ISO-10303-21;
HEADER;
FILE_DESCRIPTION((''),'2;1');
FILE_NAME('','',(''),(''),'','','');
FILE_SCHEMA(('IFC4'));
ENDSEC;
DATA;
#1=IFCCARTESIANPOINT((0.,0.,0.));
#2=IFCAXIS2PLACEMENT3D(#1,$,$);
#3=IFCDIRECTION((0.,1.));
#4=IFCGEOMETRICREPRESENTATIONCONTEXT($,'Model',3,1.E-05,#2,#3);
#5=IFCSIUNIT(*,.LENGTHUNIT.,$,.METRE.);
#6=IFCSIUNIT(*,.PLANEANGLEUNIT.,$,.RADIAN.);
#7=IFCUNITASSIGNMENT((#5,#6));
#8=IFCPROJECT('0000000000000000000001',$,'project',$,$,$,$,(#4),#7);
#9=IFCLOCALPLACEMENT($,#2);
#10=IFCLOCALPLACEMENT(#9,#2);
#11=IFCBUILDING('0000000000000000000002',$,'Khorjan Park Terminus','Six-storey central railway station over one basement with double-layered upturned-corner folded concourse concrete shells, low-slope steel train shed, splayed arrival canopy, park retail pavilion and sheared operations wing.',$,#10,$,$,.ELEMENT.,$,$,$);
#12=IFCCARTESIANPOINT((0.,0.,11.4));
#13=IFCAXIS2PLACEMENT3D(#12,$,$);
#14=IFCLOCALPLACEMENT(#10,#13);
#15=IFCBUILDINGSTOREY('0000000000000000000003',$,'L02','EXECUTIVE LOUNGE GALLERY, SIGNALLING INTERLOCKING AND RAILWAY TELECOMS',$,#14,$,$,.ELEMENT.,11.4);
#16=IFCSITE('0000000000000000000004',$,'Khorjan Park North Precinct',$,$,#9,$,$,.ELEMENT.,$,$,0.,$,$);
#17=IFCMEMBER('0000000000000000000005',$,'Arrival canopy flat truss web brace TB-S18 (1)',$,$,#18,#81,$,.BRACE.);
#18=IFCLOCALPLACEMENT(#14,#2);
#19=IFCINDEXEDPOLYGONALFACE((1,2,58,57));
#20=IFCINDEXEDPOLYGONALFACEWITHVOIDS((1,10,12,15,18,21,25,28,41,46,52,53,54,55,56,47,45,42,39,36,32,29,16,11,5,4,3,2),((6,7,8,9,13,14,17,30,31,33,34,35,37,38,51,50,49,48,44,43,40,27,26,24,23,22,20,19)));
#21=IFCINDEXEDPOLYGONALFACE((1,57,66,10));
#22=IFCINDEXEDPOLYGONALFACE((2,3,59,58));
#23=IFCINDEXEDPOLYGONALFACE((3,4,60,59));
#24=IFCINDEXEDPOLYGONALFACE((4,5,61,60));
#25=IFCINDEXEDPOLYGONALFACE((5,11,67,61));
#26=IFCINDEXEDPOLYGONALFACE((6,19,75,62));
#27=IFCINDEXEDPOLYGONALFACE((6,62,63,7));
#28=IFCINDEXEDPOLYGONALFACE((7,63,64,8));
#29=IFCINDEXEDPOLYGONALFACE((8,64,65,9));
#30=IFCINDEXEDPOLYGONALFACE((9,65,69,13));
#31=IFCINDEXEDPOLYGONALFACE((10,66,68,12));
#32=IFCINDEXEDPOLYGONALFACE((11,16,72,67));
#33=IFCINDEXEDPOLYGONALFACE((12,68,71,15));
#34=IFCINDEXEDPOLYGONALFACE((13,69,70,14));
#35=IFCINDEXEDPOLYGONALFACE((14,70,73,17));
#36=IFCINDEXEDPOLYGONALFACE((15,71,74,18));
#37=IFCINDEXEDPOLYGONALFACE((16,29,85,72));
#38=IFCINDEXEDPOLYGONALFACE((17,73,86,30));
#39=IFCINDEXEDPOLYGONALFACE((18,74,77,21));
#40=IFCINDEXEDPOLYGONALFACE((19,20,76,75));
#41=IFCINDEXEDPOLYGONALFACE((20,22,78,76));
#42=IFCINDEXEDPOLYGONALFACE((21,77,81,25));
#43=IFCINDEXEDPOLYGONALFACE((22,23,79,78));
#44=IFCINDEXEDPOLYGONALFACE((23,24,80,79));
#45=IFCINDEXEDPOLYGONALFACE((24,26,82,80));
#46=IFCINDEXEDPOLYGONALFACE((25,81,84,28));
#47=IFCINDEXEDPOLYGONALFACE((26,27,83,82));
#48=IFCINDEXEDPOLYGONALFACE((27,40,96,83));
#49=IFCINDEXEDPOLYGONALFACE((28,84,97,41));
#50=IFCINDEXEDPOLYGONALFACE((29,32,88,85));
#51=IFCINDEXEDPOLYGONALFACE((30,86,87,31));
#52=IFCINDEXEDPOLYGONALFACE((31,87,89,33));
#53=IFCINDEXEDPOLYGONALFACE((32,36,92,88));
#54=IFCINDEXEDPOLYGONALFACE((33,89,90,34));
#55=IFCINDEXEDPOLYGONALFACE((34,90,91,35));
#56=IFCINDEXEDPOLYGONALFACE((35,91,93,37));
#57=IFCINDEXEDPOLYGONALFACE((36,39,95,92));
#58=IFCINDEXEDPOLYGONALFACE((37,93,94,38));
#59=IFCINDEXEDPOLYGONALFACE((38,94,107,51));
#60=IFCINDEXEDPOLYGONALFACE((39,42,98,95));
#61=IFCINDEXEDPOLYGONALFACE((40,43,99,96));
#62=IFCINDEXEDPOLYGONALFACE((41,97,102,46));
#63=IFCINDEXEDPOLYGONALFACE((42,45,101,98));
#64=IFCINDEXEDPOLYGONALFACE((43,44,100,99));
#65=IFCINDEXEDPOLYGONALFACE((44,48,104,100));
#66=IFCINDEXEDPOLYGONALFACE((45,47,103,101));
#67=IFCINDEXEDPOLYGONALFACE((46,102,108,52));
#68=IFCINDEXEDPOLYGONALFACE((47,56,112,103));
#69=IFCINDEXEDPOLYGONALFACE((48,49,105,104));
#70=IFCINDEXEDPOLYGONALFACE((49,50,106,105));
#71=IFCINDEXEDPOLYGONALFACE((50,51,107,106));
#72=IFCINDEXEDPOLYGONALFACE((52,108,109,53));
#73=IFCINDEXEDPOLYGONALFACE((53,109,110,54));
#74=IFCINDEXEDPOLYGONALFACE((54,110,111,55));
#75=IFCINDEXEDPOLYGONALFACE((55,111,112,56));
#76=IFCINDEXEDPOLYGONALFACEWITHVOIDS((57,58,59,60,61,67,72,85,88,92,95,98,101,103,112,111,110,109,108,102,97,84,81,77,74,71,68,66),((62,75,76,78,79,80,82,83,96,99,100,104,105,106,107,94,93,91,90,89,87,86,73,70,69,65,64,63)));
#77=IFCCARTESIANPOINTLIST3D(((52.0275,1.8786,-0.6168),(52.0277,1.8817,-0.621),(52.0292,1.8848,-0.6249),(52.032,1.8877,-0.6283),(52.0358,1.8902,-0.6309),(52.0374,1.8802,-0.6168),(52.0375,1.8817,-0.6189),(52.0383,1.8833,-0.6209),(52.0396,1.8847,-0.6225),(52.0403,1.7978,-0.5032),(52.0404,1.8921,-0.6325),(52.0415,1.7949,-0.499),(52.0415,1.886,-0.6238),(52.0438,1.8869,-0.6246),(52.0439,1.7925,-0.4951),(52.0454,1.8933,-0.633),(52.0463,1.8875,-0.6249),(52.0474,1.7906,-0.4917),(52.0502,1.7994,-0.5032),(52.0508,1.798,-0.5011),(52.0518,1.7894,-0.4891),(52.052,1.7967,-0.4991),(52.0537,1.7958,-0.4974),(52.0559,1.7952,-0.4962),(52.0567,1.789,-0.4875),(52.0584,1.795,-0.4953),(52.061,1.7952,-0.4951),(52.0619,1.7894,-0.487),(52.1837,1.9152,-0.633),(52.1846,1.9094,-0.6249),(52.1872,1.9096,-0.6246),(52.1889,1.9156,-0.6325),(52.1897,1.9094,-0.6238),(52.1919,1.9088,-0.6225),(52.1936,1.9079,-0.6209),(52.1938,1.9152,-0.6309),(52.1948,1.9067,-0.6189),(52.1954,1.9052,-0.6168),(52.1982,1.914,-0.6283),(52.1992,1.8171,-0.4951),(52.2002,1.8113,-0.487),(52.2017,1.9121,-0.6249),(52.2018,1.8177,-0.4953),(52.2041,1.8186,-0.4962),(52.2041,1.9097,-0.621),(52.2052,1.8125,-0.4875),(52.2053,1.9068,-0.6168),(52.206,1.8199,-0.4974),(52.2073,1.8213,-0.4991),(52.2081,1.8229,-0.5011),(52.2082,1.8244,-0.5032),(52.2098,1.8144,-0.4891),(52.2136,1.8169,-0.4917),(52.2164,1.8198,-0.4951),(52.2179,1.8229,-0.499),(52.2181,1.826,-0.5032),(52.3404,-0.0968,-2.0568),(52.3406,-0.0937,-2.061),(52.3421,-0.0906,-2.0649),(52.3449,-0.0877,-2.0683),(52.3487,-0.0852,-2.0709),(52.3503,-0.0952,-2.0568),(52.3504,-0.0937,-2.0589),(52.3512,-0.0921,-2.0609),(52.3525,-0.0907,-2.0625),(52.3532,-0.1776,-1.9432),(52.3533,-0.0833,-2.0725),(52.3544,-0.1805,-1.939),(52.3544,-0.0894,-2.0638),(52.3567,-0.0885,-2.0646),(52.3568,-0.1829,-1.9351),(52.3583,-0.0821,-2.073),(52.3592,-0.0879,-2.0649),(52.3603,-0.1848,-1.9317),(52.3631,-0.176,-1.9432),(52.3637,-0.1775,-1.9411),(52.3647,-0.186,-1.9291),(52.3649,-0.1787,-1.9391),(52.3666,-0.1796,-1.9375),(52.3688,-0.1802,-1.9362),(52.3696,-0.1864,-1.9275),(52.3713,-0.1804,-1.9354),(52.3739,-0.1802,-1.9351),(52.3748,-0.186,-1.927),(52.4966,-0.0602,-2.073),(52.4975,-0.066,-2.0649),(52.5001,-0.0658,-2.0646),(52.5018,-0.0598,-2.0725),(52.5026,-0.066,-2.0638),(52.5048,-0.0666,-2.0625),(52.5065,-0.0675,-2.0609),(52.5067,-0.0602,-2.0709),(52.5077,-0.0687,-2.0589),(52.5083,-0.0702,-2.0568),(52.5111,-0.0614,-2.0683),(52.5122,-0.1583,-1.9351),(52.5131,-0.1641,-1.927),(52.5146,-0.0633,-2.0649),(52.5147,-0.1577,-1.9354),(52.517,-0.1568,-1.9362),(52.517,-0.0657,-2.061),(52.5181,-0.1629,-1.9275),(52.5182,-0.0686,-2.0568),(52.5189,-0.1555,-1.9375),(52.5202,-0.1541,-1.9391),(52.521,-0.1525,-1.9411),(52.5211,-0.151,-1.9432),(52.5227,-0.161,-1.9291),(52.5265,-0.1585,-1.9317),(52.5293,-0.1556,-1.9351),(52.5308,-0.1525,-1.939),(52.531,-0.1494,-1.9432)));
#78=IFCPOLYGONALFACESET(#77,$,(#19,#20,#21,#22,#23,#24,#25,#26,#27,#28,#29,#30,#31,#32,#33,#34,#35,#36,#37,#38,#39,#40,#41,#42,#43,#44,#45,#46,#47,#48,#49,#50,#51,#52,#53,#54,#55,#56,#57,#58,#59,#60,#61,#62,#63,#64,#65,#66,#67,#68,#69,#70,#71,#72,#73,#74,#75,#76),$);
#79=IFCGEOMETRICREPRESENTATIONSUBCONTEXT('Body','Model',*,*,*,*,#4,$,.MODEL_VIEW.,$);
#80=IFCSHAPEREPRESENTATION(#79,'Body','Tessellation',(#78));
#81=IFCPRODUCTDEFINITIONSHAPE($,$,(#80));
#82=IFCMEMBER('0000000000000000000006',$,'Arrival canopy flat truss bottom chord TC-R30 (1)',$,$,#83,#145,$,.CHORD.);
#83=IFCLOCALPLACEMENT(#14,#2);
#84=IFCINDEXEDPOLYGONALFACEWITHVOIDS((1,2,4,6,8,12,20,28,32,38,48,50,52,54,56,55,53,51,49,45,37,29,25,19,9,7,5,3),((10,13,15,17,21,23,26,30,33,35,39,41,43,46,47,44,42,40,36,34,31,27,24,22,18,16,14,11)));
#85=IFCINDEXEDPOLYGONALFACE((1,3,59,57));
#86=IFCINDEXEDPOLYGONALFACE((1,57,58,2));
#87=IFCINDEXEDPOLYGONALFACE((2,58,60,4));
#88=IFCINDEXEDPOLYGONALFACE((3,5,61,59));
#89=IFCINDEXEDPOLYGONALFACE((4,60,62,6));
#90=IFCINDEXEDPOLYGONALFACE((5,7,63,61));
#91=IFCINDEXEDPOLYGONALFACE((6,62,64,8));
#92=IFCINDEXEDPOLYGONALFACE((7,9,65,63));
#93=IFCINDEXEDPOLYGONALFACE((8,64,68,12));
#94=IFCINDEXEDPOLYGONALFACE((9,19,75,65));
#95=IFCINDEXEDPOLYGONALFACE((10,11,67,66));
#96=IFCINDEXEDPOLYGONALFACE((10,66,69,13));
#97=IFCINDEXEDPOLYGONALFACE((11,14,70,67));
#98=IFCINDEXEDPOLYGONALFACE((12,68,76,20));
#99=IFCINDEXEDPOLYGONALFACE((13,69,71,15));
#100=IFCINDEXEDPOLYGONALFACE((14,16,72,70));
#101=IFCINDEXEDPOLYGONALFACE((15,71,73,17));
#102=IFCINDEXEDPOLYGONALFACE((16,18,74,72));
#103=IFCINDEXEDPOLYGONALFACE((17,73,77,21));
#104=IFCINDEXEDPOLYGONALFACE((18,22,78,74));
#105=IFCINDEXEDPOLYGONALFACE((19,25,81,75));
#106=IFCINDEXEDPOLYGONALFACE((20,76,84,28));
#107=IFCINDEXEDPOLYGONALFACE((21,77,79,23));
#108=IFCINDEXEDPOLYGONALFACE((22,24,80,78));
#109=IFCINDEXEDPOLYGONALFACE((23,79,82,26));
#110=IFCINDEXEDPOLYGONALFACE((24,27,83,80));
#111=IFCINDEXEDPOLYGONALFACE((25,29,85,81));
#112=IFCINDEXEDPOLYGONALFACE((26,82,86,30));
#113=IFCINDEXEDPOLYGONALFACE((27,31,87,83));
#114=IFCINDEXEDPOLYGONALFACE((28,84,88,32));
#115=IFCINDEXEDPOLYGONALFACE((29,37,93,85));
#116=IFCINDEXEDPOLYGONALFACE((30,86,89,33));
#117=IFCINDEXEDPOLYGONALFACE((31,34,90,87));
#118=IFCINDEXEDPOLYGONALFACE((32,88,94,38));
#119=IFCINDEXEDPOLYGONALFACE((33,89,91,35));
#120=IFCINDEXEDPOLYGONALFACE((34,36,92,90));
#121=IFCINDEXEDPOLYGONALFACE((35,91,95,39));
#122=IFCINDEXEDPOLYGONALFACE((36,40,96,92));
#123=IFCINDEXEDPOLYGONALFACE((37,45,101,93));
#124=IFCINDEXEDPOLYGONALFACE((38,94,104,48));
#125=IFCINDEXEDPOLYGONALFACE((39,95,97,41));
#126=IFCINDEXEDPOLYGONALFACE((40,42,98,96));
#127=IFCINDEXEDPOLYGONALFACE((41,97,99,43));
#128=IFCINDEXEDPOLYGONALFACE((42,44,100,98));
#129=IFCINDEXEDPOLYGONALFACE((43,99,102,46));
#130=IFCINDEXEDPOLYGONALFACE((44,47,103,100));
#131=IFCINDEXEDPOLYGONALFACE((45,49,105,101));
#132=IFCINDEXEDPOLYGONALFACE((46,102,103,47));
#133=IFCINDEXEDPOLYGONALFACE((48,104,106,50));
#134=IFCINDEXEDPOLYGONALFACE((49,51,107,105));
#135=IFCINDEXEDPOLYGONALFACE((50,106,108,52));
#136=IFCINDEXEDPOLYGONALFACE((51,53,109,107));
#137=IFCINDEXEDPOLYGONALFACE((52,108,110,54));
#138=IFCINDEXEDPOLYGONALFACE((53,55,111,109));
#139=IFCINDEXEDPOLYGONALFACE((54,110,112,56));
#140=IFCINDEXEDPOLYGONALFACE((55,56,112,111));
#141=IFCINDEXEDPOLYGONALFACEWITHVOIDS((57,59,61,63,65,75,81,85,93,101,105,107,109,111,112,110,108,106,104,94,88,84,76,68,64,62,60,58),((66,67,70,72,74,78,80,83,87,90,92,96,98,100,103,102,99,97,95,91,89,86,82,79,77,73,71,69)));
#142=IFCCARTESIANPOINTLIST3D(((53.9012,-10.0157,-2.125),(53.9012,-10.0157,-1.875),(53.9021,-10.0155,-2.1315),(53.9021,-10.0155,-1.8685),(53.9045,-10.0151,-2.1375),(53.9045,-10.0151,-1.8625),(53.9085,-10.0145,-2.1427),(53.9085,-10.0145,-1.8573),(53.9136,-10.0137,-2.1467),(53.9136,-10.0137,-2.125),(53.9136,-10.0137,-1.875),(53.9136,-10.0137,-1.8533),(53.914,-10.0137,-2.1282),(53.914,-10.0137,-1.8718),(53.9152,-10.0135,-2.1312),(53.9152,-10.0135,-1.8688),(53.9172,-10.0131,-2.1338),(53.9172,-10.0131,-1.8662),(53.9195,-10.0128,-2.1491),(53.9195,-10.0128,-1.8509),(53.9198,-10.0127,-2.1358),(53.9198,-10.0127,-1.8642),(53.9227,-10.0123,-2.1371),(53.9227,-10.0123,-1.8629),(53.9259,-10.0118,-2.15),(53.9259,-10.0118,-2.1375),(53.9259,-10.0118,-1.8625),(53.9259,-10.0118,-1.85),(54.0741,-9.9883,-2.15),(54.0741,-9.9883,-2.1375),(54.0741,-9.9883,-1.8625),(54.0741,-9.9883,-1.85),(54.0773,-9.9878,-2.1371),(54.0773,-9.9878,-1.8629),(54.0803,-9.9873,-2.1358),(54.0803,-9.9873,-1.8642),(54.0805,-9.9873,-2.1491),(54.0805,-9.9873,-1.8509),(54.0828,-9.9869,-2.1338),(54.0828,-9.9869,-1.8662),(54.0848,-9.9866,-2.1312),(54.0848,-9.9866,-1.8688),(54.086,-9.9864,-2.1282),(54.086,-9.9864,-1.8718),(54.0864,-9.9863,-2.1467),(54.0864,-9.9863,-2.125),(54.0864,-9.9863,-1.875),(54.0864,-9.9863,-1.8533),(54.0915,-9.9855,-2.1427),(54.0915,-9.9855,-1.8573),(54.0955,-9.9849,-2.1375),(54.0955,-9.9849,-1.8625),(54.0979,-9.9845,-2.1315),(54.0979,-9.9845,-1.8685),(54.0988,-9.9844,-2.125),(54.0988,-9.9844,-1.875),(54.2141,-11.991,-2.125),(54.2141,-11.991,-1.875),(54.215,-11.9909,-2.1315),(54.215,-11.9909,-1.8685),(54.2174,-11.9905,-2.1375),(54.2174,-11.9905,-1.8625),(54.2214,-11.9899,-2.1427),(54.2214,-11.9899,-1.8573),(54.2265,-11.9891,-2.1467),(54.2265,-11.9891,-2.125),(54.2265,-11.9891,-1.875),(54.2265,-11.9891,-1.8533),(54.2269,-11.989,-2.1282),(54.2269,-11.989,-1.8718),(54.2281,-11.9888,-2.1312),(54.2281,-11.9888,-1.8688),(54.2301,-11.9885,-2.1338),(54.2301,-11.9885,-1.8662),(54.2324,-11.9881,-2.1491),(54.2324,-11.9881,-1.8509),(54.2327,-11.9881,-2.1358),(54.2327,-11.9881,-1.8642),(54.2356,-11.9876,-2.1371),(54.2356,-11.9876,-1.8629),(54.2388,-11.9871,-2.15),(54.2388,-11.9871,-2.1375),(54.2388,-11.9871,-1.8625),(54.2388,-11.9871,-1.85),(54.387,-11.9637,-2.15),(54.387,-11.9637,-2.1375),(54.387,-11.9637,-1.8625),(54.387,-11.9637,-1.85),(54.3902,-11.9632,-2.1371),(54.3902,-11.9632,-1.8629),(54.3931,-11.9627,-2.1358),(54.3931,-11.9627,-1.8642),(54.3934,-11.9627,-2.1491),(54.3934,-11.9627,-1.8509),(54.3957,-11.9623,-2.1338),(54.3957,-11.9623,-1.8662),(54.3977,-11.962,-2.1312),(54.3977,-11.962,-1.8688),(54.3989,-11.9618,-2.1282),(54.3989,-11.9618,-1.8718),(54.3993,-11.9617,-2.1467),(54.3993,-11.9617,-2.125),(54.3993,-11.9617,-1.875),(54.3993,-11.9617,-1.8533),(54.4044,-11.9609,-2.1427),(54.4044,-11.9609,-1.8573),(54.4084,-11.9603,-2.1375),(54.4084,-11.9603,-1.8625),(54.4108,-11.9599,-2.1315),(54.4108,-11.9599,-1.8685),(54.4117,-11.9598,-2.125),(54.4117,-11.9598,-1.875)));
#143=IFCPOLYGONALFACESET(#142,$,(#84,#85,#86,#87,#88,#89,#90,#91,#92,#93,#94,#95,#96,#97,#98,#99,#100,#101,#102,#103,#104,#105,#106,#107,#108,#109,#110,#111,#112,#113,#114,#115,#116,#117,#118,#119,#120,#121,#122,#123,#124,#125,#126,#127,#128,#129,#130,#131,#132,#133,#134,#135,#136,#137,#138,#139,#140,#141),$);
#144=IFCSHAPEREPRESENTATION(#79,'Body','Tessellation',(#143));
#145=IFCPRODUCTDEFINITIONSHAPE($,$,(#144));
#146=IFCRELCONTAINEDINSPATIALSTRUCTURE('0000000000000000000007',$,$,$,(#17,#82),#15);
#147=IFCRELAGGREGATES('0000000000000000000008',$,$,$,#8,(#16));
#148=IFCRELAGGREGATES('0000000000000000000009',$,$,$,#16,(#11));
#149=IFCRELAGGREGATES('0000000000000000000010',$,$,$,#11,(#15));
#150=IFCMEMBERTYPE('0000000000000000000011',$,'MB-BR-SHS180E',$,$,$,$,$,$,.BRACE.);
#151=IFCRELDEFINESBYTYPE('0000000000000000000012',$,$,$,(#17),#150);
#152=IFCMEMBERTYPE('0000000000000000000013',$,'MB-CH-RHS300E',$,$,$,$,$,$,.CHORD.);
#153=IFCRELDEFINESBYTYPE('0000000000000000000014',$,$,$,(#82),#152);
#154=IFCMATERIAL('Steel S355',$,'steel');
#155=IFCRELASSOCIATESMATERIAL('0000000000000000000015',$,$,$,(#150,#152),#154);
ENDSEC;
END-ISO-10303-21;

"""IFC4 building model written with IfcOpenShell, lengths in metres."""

from ifc_helpers import new_model, si_unit, direction, frame, origin, origin_2d, place, context, subcontext, project, spatial, hollow_rectangle, extrude, material, material_profile, profile_set, type_object, element, save


model = new_model("IFC4")

# Units and contexts
model_context = context("Model", 3, precision=1e-05, world=origin(), true_north=direction((0.0, 1.0)))
body_context = subcontext(model_context, "Body", "Model", "MODEL_VIEW")
ifc_project = project(units=[si_unit("LENGTHUNIT", "METRE"), si_unit("PLANEANGLEUNIT", "RADIAN")], contexts=[model_context])

# Site, building, storey
site_placement = place(None, origin())
site = spatial("IfcSite", under=ifc_project, at=site_placement, Name="Khorjan Park North Precinct", CompositionType="ELEMENT", RefElevation=0.0)
building_placement = place(site_placement, origin())
building = spatial("IfcBuilding", under=site, at=building_placement, Name="Khorjan Park Terminus", Description="Six-storey central railway station over one basement with double-layered upturned-corner folded concourse concrete shells, low-slope steel train shed, splayed arrival canopy, park retail pavilion and sheared operations wing.", CompositionType="ELEMENT")
storey_placement = place(building_placement, frame((0.0, 0.0, 11.4)))
storey = spatial("IfcBuildingStorey", under=building, at=storey_placement, Name="L02", Description="EXECUTIVE LOUNGE GALLERY, SIGNALLING INTERLOCKING AND RAILWAY TELECOMS", CompositionType="ELEMENT", Elevation=11.4)

# Members
ifc_material_1 = material(Name="Steel S355", Category="steel")
ifc_material_profile_1 = material_profile(ifc_material_1, hollow_rectangle(XDim=0.18, YDim=0.18, WallThickness=0.01, InnerFilletRadius=0.01, OuterFilletRadius=0.02, at=origin_2d()), Name="SHS 180x180x10")
ifc_profile_set_1 = profile_set([ifc_material_profile_1], Name="Steel S355")
member_type_1 = type_object("IfcMemberType", Name="MB-BR-SHS180E", PredefinedType="BRACE", material=ifc_profile_set_1)
member_1_placement = place(storey_placement, frame((52.4357, -0.1231, -2.0), z_axis=(-0.126963, 0.801545, 0.584299), x_axis=(-0.987686, -0.156448, 0.0)))
element("IfcMember", 1, at=member_1_placement, inside=storey, type_object=member_type_1, Name="Arrival canopy flat truss web brace TB-S18 (1)", PredefinedType="BRACE", context=body_context, shape_type="SweptSolid", body=[
    extrude(hollow_rectangle(XDim=0.18, YDim=0.18, WallThickness=0.01, InnerFilletRadius=0.01, OuterFilletRadius=0.02, at=origin_2d()), origin(), (0.0, 0.0, 1.0), 2.4645),
])
ifc_material_profile_2 = material_profile(ifc_material_1, hollow_rectangle(XDim=0.2, YDim=0.3, WallThickness=0.0125, InnerFilletRadius=0.0125, OuterFilletRadius=0.025, at=origin_2d()), Name="RHS 300x200x12.5")
ifc_profile_set_2 = profile_set([ifc_material_profile_2], Name="Steel S355")
member_type_2 = type_object("IfcMemberType", Name="MB-CH-RHS300E", PredefinedType="CHORD", material=ifc_profile_set_2)
for number, where, z_axis, x_axis, name in (
    (2, (54.3129, -11.9754, -2.0), (-0.156448, 0.987686, 0.0), (-0.987686, -0.156448, 0.0), "Arrival canopy flat truss bottom chord TC-R30 (1)"),
):
    element("IfcMember", number, at=place(storey_placement, frame(where, z_axis=z_axis, x_axis=x_axis)), inside=storey, type_object=member_type_2, Name=name, PredefinedType="CHORD", context=body_context, shape_type="SweptSolid", body=[
        extrude(hollow_rectangle(XDim=0.2, YDim=0.3, WallThickness=0.0125, InnerFilletRadius=0.0125, OuterFilletRadius=0.025, at=origin_2d()), origin(), (0.0, 0.0, 1.0), 2.0),
    ])

save(model, "model.ifc")
